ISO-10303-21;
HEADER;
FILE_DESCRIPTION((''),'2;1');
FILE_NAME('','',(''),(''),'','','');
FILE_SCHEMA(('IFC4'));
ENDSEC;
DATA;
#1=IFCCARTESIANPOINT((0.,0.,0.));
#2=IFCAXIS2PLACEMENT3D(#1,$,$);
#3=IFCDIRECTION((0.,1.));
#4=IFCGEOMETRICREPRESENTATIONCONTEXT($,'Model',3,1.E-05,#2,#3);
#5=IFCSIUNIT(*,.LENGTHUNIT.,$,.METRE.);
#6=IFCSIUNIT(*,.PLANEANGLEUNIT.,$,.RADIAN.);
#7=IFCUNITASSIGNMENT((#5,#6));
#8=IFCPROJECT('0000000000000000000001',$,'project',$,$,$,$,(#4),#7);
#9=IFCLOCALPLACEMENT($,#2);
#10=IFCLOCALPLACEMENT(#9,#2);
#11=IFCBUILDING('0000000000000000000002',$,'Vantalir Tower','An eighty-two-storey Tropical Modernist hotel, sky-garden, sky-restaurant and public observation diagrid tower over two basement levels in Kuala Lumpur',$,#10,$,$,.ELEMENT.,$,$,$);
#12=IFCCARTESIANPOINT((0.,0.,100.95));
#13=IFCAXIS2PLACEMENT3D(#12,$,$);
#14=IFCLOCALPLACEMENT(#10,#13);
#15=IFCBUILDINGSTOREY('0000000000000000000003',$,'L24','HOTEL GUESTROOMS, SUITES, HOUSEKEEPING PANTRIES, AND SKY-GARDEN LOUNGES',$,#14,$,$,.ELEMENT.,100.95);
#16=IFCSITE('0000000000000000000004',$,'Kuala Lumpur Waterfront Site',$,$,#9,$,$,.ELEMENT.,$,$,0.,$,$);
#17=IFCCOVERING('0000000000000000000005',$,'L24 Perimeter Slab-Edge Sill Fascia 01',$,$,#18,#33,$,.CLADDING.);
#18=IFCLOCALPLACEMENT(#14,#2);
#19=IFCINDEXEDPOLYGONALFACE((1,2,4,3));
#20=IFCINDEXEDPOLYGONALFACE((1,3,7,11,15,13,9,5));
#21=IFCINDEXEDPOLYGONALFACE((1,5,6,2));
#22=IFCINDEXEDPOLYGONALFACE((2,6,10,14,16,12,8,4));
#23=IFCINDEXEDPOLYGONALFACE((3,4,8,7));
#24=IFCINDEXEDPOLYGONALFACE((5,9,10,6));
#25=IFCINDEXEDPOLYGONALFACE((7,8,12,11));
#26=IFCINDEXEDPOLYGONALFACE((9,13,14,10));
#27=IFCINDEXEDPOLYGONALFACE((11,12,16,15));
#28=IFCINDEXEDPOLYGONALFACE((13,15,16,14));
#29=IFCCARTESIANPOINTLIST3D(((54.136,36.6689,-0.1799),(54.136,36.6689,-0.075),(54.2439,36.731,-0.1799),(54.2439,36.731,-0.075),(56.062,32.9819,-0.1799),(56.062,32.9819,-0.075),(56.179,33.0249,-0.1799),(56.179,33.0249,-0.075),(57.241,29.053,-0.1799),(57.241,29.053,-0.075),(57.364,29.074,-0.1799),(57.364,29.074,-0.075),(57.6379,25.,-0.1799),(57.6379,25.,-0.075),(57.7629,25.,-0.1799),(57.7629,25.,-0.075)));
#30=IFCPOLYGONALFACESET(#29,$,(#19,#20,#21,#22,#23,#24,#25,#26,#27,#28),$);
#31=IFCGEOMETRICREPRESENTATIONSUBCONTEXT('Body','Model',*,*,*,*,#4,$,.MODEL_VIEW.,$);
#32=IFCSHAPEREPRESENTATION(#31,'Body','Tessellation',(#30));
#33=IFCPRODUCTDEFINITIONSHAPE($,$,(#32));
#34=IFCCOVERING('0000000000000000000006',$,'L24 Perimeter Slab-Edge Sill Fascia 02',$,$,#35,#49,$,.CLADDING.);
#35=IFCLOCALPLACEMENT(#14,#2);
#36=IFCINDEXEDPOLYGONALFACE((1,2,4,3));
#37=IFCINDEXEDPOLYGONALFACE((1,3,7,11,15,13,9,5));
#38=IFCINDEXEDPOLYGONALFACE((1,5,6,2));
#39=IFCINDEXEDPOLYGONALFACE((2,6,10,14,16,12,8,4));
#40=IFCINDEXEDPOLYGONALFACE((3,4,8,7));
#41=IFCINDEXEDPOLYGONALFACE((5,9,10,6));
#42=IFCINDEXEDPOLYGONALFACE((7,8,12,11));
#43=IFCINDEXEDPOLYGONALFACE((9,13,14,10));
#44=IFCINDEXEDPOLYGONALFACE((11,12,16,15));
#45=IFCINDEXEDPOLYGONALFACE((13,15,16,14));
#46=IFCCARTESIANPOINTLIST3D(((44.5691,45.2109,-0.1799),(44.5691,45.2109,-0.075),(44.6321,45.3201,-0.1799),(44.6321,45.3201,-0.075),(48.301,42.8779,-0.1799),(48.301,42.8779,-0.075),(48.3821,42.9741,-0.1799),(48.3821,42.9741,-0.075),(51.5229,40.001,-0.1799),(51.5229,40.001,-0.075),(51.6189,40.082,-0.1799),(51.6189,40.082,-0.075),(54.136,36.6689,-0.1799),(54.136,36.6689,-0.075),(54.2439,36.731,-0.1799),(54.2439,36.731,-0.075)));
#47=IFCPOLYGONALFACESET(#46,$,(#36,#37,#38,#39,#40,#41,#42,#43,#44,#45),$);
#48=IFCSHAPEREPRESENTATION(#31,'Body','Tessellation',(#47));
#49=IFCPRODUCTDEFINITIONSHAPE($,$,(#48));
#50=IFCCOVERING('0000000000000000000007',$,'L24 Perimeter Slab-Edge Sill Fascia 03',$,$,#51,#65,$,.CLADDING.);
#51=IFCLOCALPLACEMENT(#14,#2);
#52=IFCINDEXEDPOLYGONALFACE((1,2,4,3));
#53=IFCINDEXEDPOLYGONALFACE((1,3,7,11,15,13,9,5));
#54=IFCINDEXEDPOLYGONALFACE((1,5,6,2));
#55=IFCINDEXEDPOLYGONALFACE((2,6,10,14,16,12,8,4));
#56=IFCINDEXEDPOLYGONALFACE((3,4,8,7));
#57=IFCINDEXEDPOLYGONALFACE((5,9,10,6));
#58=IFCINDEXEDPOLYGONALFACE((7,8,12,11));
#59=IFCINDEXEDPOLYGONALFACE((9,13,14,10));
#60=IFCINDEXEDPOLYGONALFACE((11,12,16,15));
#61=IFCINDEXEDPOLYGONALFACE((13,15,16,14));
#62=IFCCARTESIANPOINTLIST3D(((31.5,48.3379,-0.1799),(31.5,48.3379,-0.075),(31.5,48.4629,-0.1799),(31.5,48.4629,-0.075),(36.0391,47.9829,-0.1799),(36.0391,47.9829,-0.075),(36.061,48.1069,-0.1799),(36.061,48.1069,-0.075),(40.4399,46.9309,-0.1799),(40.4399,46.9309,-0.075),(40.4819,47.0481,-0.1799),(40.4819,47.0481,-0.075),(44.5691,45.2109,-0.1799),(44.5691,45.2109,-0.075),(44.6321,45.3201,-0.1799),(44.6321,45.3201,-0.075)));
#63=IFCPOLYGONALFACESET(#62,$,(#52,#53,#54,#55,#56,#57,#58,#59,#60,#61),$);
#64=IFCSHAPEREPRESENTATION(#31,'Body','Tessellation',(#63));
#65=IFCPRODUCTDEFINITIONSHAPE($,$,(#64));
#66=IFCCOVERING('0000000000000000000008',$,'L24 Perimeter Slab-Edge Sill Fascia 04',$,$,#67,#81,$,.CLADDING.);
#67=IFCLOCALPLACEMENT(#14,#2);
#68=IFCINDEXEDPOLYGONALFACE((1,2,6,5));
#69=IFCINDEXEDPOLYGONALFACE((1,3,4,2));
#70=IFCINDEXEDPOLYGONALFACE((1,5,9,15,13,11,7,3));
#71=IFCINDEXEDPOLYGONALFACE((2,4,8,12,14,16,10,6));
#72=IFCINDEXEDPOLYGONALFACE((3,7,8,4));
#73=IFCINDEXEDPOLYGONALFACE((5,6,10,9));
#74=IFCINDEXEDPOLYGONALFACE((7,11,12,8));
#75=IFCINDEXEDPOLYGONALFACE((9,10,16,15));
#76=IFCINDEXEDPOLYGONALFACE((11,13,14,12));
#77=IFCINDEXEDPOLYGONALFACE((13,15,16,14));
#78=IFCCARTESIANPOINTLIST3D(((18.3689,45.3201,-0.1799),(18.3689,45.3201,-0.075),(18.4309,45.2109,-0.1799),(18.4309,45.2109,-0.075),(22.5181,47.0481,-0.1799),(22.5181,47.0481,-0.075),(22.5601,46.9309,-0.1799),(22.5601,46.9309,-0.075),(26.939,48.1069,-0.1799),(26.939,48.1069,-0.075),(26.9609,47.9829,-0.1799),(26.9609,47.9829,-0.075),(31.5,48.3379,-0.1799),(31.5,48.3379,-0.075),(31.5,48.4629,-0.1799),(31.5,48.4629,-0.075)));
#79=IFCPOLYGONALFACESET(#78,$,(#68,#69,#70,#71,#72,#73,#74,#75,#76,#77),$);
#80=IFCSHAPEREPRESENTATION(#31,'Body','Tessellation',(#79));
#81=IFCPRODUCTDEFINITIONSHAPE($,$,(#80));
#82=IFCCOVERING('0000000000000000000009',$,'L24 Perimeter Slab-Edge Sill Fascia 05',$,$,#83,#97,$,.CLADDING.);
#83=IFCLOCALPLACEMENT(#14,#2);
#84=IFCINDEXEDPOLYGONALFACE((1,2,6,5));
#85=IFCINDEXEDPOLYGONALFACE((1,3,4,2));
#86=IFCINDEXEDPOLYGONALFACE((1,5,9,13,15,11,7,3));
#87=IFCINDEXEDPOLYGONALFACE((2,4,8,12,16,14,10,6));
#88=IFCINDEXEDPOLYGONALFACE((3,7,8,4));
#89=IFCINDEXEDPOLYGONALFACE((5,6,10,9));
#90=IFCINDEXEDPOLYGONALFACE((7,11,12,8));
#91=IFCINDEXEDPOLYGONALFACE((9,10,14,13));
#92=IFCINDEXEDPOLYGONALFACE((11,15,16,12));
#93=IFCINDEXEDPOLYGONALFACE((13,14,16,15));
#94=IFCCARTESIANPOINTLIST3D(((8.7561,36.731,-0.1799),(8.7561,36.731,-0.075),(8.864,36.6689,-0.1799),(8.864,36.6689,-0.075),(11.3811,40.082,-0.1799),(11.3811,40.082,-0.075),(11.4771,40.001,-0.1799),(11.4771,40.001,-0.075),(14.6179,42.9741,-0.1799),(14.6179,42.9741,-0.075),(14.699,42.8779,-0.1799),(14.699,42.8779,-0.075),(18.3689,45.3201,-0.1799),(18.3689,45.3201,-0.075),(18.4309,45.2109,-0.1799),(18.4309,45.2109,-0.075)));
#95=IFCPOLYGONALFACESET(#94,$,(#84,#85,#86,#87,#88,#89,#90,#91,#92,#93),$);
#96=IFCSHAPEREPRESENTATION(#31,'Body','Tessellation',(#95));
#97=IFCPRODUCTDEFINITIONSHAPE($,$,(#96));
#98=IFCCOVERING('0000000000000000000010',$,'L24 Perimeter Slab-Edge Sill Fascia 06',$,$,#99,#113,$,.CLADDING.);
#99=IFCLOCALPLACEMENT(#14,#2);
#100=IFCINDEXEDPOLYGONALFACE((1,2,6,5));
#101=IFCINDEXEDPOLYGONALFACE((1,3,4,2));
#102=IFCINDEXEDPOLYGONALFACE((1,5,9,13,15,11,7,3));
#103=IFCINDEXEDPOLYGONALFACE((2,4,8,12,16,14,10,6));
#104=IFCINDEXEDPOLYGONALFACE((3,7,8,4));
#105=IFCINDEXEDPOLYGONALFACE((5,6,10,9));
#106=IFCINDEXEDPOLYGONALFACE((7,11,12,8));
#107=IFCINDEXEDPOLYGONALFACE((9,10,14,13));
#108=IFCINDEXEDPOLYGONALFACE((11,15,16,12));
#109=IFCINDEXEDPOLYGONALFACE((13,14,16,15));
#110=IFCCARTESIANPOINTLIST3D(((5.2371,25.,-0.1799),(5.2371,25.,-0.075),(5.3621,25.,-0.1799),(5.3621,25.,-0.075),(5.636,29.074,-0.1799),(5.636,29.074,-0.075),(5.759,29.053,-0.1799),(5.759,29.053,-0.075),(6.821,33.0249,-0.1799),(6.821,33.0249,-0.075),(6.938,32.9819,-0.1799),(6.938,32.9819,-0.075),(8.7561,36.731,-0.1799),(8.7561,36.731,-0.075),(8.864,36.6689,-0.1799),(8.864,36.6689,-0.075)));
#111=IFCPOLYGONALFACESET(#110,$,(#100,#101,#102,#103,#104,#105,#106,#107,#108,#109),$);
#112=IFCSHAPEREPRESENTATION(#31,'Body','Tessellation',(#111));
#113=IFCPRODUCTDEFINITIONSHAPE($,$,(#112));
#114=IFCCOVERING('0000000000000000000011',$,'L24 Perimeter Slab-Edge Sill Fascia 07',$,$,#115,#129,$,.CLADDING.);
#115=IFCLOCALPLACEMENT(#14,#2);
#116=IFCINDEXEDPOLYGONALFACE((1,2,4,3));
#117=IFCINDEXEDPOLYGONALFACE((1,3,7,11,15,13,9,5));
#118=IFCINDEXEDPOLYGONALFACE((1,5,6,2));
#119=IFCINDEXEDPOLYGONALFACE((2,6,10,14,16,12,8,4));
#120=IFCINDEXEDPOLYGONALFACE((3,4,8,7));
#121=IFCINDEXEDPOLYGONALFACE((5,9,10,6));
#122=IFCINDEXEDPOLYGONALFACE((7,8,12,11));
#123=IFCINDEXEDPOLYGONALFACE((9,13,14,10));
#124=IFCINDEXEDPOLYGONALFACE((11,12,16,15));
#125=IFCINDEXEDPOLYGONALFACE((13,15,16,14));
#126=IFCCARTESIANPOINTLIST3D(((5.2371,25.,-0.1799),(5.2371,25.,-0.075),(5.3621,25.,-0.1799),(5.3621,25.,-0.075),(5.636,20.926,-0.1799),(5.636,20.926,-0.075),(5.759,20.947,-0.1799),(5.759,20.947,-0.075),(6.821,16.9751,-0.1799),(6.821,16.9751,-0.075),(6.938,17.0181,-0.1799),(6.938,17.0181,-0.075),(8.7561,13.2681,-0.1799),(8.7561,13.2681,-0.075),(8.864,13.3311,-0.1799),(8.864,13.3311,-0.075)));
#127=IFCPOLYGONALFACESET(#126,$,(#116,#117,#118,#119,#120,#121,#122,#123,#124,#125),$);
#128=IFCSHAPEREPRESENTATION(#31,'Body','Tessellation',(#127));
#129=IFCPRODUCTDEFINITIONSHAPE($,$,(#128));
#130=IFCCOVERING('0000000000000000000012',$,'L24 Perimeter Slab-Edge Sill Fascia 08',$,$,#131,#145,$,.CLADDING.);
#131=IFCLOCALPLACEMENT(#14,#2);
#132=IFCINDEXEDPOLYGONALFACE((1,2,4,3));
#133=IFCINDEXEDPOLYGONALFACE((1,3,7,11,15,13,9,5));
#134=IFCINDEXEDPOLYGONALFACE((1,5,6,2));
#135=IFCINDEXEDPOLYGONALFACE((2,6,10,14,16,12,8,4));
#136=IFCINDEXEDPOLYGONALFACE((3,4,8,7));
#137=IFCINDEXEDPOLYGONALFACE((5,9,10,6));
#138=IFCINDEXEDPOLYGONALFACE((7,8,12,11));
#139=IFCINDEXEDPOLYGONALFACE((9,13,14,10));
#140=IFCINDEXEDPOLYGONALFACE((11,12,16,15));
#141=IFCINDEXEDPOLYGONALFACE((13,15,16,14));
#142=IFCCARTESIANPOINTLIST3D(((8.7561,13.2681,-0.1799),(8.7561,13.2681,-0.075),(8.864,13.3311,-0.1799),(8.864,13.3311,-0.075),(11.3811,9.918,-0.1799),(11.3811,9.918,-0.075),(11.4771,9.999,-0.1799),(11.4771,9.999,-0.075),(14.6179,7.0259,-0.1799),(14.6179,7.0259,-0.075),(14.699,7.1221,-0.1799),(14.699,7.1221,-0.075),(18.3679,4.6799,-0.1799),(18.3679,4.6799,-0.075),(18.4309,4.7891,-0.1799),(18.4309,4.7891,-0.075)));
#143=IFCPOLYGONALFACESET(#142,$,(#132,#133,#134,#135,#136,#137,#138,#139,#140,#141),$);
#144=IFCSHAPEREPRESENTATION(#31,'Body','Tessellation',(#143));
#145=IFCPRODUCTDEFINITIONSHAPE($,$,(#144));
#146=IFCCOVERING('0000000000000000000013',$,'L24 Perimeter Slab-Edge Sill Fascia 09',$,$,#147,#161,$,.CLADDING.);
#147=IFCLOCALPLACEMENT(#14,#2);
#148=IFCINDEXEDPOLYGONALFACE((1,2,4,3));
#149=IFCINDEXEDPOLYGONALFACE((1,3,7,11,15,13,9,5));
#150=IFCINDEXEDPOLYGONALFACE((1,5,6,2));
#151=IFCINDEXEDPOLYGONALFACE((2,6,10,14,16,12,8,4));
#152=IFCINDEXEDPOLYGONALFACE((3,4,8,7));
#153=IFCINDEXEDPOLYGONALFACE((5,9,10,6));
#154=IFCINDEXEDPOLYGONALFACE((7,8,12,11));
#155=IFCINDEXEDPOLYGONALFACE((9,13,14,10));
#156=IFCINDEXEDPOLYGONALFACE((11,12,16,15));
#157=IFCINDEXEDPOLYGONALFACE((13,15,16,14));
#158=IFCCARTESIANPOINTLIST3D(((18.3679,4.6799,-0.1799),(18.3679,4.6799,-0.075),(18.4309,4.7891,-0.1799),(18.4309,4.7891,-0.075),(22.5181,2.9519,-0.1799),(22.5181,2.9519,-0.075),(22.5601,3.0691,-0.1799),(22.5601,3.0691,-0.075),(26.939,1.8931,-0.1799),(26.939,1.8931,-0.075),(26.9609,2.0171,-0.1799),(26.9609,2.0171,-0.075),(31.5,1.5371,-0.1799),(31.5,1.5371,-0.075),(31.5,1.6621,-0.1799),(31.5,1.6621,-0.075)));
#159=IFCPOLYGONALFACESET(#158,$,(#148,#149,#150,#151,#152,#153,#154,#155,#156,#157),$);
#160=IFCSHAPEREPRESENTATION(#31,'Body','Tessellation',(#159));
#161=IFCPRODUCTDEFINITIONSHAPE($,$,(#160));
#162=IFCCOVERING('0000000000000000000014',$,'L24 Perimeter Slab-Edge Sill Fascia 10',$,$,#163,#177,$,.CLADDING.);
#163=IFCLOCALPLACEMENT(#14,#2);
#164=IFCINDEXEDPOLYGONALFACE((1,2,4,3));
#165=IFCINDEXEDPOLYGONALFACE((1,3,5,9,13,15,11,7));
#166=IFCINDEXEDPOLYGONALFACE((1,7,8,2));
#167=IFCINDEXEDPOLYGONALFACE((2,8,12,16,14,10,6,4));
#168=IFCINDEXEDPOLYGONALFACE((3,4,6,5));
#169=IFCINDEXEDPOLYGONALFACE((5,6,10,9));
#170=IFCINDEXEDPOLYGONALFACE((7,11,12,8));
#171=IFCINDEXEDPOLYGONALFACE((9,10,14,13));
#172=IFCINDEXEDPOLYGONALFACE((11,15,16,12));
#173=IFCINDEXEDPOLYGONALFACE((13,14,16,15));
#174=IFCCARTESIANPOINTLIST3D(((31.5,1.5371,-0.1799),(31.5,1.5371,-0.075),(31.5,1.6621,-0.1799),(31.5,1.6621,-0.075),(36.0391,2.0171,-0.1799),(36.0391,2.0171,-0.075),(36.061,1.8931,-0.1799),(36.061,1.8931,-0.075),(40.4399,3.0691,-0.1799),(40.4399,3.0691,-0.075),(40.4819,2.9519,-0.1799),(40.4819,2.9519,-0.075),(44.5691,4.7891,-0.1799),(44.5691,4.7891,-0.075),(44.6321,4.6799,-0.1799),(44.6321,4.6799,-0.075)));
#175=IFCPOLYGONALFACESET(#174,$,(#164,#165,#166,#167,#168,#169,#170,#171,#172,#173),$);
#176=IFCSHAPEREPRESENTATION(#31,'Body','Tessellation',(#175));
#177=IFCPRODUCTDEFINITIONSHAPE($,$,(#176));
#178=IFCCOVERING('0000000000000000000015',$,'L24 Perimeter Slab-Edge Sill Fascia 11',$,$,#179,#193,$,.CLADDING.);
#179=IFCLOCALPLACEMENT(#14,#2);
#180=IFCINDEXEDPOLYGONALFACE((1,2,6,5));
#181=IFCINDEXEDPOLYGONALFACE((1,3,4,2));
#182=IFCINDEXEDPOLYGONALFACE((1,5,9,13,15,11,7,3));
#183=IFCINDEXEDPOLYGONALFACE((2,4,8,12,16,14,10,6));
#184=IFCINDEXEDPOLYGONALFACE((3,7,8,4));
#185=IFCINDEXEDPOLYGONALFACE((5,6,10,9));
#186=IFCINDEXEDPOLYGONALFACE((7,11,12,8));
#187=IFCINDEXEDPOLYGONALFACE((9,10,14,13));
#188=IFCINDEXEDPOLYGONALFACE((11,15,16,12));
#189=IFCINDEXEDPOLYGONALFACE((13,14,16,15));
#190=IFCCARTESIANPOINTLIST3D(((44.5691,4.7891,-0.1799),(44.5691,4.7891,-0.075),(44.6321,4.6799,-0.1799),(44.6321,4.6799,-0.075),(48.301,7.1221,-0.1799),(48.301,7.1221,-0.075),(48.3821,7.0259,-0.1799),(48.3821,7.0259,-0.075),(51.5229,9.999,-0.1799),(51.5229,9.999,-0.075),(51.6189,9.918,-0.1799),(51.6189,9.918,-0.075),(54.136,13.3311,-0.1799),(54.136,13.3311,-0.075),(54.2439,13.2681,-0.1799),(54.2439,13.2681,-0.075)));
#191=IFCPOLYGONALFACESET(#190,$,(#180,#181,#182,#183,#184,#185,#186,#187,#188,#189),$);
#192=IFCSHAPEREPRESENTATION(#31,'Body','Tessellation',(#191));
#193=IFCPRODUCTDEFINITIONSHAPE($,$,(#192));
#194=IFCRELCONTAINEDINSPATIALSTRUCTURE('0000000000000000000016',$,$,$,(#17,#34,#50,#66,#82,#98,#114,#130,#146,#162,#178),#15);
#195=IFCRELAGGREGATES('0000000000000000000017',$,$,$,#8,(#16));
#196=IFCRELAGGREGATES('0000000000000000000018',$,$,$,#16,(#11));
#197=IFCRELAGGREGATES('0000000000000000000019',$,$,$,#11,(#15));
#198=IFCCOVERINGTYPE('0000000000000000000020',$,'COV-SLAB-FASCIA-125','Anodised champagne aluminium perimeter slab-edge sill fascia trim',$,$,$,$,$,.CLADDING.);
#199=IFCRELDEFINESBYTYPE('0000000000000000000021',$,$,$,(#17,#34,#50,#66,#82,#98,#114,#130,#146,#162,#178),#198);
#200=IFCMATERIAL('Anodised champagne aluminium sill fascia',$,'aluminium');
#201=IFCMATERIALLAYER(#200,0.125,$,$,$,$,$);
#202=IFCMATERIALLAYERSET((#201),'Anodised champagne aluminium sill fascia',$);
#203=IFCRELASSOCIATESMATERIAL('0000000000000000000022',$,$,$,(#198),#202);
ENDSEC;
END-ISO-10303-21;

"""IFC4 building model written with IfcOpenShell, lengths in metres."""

from ifc_helpers import new_model, si_unit, direction, frame, origin, place, context, subcontext, project, spatial, polyline, outline, extrude, material, layer, layer_set, type_object, element, save


model = new_model("IFC4")

# Units and contexts
model_context = context("Model", 3, precision=1e-05, world=origin(), true_north=direction((0.0, 1.0)))
body_context = subcontext(model_context, "Body", "Model", "MODEL_VIEW")
ifc_project = project(units=[si_unit("LENGTHUNIT", "METRE"), si_unit("PLANEANGLEUNIT", "RADIAN")], contexts=[model_context])

# Site, building, storey
site_placement = place(None, origin())
site = spatial("IfcSite", under=ifc_project, at=site_placement, Name="Kuala Lumpur Waterfront Site", CompositionType="ELEMENT", RefElevation=0.0)
building_placement = place(site_placement, origin())
building = spatial("IfcBuilding", under=site, at=building_placement, Name="Vantalir Tower", Description="An eighty-two-storey Tropical Modernist hotel, sky-garden, sky-restaurant and public observation diagrid tower over two basement levels in Kuala Lumpur", CompositionType="ELEMENT")
storey_placement = place(building_placement, frame((0.0, 0.0, 100.95)))
storey = spatial("IfcBuildingStorey", under=building, at=storey_placement, Name="L24", Description="HOTEL GUESTROOMS, SUITES, HOUSEKEEPING PANTRIES, AND SKY-GARDEN LOUNGES", CompositionType="ELEMENT", Elevation=100.95)

# Coverings
ifc_material_1 = material(Name="Anodised champagne aluminium sill fascia", Category="aluminium")
ifc_layer_1 = layer(ifc_material_1, 0.125)
ifc_layer_set_1 = layer_set([ifc_layer_1], Name="Anodised champagne aluminium sill fascia")
covering_type = type_object("IfcCoveringType", Name="COV-SLAB-FASCIA-125", Description="Anodised champagne aluminium perimeter slab-edge sill fascia trim", PredefinedType="CLADDING", material=ifc_layer_set_1)
covering_1_placement = place(storey_placement, frame((0.0, 0.0, -0.1799)))
element("IfcCovering", 1, at=covering_1_placement, inside=storey, type_object=covering_type, Name="L24 Perimeter Slab-Edge Sill Fascia 01", PredefinedType="CLADDING", context=body_context, shape_type="SweptSolid", body=[
    extrude(outline(polyline([(57.7629, 25.0), (57.364, 29.074), (56.179, 33.0249), (54.2439, 36.731), (54.136, 36.6689), (56.062, 32.9819), (57.241, 29.053), (57.6379, 25.0), (57.7629, 25.0)])), origin(), (0.0, 0.0, 1.0), 0.105),
])
covering_2_placement = place(storey_placement, frame((0.0, 0.0, -0.1799)))
element("IfcCovering", 2, at=covering_2_placement, inside=storey, type_object=covering_type, Name="L24 Perimeter Slab-Edge Sill Fascia 02", PredefinedType="CLADDING", context=body_context, shape_type="SweptSolid", body=[
    extrude(outline(polyline([(54.2439, 36.731), (51.6189, 40.082), (48.3821, 42.9741), (44.6321, 45.3201), (44.5691, 45.2109), (48.301, 42.8779), (51.5229, 40.001), (54.136, 36.6689), (54.2439, 36.731)])), origin(), (0.0, 0.0, 1.0), 0.105),
])
covering_3_placement = place(storey_placement, frame((0.0, 0.0, -0.1799)))
element("IfcCovering", 3, at=covering_3_placement, inside=storey, type_object=covering_type, Name="L24 Perimeter Slab-Edge Sill Fascia 03", PredefinedType="CLADDING", context=body_context, shape_type="SweptSolid", body=[
    extrude(outline(polyline([(44.6321, 45.3201), (40.4819, 47.0481), (36.061, 48.1069), (31.5, 48.4629), (31.5, 48.3379), (36.0391, 47.9829), (40.4399, 46.9309), (44.5691, 45.2109), (44.6321, 45.3201)])), origin(), (0.0, 0.0, 1.0), 0.105),
])
covering_4_placement = place(storey_placement, frame((0.0, 0.0, -0.1799)))
element("IfcCovering", 4, at=covering_4_placement, inside=storey, type_object=covering_type, Name="L24 Perimeter Slab-Edge Sill Fascia 04", PredefinedType="CLADDING", context=body_context, shape_type="SweptSolid", body=[
    extrude(outline(polyline([(31.5, 48.4629), (26.939, 48.1069), (22.5181, 47.0481), (18.3689, 45.3201), (18.4309, 45.2109), (22.5601, 46.9309), (26.9609, 47.9829), (31.5, 48.3379), (31.5, 48.4629)])), origin(), (0.0, 0.0, 1.0), 0.105),
])
covering_5_placement = place(storey_placement, frame((0.0, 0.0, -0.1799)))
element("IfcCovering", 5, at=covering_5_placement, inside=storey, type_object=covering_type, Name="L24 Perimeter Slab-Edge Sill Fascia 05", PredefinedType="CLADDING", context=body_context, shape_type="SweptSolid", body=[
    extrude(outline(polyline([(18.3689, 45.3201), (14.6179, 42.9741), (11.3811, 40.082), (8.7561, 36.731), (8.864, 36.6689), (11.4771, 40.001), (14.699, 42.8779), (18.4309, 45.2109), (18.3689, 45.3201)])), origin(), (0.0, 0.0, 1.0), 0.105),
])
covering_6_placement = place(storey_placement, frame((0.0, 0.0, -0.1799)))
element("IfcCovering", 6, at=covering_6_placement, inside=storey, type_object=covering_type, Name="L24 Perimeter Slab-Edge Sill Fascia 06", PredefinedType="CLADDING", context=body_context, shape_type="SweptSolid", body=[
    extrude(outline(polyline([(8.7561, 36.731), (6.821, 33.0249), (5.636, 29.074), (5.2371, 25.0), (5.3621, 25.0), (5.759, 29.053), (6.938, 32.9819), (8.864, 36.6689), (8.7561, 36.731)])), origin(), (0.0, 0.0, 1.0), 0.105),
])
covering_7_placement = place(storey_placement, frame((0.0, 0.0, -0.1799)))
element("IfcCovering", 7, at=covering_7_placement, inside=storey, type_object=covering_type, Name="L24 Perimeter Slab-Edge Sill Fascia 07", PredefinedType="CLADDING", context=body_context, shape_type="SweptSolid", body=[
    extrude(outline(polyline([(5.2371, 25.0), (5.636, 20.926), (6.821, 16.9751), (8.7561, 13.2681), (8.864, 13.3311), (6.938, 17.0181), (5.759, 20.947), (5.3621, 25.0), (5.2371, 25.0)])), origin(), (0.0, 0.0, 1.0), 0.105),
])
covering_8_placement = place(storey_placement, frame((0.0, 0.0, -0.1799)))
element("IfcCovering", 8, at=covering_8_placement, inside=storey, type_object=covering_type, Name="L24 Perimeter Slab-Edge Sill Fascia 08", PredefinedType="CLADDING", context=body_context, shape_type="SweptSolid", body=[
    extrude(outline(polyline([(8.7561, 13.2681), (11.3811, 9.918), (14.6179, 7.0259), (18.3679, 4.6799), (18.4309, 4.7891), (14.699, 7.1221), (11.4771, 9.999), (8.864, 13.3311), (8.7561, 13.2681)])), origin(), (0.0, 0.0, 1.0), 0.105),
])
covering_9_placement = place(storey_placement, frame((0.0, 0.0, -0.1799)))
element("IfcCovering", 9, at=covering_9_placement, inside=storey, type_object=covering_type, Name="L24 Perimeter Slab-Edge Sill Fascia 09", PredefinedType="CLADDING", context=body_context, shape_type="SweptSolid", body=[
    extrude(outline(polyline([(18.3679, 4.6799), (22.5181, 2.9519), (26.939, 1.8931), (31.5, 1.5371), (31.5, 1.6621), (26.9609, 2.0171), (22.5601, 3.0691), (18.4309, 4.7891), (18.3679, 4.6799)])), origin(), (0.0, 0.0, 1.0), 0.105),
])
covering_10_placement = place(storey_placement, frame((0.0, 0.0, -0.1799)))
element("IfcCovering", 10, at=covering_10_placement, inside=storey, type_object=covering_type, Name="L24 Perimeter Slab-Edge Sill Fascia 10", PredefinedType="CLADDING", context=body_context, shape_type="SweptSolid", body=[
    extrude(outline(polyline([(31.5, 1.5371), (36.061, 1.8931), (40.4819, 2.9519), (44.6321, 4.6799), (44.5691, 4.7891), (40.4399, 3.0691), (36.0391, 2.0171), (31.5, 1.6621), (31.5, 1.5371)])), origin(), (0.0, 0.0, 1.0), 0.105),
])
covering_11_placement = place(storey_placement, frame((0.0, 0.0, -0.1799)))
element("IfcCovering", 11, at=covering_11_placement, inside=storey, type_object=covering_type, Name="L24 Perimeter Slab-Edge Sill Fascia 11", PredefinedType="CLADDING", context=body_context, shape_type="SweptSolid", body=[
    extrude(outline(polyline([(44.6321, 4.6799), (48.3821, 7.0259), (51.6189, 9.918), (54.2439, 13.2681), (54.136, 13.3311), (51.5229, 9.999), (48.301, 7.1221), (44.5691, 4.7891), (44.6321, 4.6799)])), origin(), (0.0, 0.0, 1.0), 0.105),
])

save(model, "model.ifc")
